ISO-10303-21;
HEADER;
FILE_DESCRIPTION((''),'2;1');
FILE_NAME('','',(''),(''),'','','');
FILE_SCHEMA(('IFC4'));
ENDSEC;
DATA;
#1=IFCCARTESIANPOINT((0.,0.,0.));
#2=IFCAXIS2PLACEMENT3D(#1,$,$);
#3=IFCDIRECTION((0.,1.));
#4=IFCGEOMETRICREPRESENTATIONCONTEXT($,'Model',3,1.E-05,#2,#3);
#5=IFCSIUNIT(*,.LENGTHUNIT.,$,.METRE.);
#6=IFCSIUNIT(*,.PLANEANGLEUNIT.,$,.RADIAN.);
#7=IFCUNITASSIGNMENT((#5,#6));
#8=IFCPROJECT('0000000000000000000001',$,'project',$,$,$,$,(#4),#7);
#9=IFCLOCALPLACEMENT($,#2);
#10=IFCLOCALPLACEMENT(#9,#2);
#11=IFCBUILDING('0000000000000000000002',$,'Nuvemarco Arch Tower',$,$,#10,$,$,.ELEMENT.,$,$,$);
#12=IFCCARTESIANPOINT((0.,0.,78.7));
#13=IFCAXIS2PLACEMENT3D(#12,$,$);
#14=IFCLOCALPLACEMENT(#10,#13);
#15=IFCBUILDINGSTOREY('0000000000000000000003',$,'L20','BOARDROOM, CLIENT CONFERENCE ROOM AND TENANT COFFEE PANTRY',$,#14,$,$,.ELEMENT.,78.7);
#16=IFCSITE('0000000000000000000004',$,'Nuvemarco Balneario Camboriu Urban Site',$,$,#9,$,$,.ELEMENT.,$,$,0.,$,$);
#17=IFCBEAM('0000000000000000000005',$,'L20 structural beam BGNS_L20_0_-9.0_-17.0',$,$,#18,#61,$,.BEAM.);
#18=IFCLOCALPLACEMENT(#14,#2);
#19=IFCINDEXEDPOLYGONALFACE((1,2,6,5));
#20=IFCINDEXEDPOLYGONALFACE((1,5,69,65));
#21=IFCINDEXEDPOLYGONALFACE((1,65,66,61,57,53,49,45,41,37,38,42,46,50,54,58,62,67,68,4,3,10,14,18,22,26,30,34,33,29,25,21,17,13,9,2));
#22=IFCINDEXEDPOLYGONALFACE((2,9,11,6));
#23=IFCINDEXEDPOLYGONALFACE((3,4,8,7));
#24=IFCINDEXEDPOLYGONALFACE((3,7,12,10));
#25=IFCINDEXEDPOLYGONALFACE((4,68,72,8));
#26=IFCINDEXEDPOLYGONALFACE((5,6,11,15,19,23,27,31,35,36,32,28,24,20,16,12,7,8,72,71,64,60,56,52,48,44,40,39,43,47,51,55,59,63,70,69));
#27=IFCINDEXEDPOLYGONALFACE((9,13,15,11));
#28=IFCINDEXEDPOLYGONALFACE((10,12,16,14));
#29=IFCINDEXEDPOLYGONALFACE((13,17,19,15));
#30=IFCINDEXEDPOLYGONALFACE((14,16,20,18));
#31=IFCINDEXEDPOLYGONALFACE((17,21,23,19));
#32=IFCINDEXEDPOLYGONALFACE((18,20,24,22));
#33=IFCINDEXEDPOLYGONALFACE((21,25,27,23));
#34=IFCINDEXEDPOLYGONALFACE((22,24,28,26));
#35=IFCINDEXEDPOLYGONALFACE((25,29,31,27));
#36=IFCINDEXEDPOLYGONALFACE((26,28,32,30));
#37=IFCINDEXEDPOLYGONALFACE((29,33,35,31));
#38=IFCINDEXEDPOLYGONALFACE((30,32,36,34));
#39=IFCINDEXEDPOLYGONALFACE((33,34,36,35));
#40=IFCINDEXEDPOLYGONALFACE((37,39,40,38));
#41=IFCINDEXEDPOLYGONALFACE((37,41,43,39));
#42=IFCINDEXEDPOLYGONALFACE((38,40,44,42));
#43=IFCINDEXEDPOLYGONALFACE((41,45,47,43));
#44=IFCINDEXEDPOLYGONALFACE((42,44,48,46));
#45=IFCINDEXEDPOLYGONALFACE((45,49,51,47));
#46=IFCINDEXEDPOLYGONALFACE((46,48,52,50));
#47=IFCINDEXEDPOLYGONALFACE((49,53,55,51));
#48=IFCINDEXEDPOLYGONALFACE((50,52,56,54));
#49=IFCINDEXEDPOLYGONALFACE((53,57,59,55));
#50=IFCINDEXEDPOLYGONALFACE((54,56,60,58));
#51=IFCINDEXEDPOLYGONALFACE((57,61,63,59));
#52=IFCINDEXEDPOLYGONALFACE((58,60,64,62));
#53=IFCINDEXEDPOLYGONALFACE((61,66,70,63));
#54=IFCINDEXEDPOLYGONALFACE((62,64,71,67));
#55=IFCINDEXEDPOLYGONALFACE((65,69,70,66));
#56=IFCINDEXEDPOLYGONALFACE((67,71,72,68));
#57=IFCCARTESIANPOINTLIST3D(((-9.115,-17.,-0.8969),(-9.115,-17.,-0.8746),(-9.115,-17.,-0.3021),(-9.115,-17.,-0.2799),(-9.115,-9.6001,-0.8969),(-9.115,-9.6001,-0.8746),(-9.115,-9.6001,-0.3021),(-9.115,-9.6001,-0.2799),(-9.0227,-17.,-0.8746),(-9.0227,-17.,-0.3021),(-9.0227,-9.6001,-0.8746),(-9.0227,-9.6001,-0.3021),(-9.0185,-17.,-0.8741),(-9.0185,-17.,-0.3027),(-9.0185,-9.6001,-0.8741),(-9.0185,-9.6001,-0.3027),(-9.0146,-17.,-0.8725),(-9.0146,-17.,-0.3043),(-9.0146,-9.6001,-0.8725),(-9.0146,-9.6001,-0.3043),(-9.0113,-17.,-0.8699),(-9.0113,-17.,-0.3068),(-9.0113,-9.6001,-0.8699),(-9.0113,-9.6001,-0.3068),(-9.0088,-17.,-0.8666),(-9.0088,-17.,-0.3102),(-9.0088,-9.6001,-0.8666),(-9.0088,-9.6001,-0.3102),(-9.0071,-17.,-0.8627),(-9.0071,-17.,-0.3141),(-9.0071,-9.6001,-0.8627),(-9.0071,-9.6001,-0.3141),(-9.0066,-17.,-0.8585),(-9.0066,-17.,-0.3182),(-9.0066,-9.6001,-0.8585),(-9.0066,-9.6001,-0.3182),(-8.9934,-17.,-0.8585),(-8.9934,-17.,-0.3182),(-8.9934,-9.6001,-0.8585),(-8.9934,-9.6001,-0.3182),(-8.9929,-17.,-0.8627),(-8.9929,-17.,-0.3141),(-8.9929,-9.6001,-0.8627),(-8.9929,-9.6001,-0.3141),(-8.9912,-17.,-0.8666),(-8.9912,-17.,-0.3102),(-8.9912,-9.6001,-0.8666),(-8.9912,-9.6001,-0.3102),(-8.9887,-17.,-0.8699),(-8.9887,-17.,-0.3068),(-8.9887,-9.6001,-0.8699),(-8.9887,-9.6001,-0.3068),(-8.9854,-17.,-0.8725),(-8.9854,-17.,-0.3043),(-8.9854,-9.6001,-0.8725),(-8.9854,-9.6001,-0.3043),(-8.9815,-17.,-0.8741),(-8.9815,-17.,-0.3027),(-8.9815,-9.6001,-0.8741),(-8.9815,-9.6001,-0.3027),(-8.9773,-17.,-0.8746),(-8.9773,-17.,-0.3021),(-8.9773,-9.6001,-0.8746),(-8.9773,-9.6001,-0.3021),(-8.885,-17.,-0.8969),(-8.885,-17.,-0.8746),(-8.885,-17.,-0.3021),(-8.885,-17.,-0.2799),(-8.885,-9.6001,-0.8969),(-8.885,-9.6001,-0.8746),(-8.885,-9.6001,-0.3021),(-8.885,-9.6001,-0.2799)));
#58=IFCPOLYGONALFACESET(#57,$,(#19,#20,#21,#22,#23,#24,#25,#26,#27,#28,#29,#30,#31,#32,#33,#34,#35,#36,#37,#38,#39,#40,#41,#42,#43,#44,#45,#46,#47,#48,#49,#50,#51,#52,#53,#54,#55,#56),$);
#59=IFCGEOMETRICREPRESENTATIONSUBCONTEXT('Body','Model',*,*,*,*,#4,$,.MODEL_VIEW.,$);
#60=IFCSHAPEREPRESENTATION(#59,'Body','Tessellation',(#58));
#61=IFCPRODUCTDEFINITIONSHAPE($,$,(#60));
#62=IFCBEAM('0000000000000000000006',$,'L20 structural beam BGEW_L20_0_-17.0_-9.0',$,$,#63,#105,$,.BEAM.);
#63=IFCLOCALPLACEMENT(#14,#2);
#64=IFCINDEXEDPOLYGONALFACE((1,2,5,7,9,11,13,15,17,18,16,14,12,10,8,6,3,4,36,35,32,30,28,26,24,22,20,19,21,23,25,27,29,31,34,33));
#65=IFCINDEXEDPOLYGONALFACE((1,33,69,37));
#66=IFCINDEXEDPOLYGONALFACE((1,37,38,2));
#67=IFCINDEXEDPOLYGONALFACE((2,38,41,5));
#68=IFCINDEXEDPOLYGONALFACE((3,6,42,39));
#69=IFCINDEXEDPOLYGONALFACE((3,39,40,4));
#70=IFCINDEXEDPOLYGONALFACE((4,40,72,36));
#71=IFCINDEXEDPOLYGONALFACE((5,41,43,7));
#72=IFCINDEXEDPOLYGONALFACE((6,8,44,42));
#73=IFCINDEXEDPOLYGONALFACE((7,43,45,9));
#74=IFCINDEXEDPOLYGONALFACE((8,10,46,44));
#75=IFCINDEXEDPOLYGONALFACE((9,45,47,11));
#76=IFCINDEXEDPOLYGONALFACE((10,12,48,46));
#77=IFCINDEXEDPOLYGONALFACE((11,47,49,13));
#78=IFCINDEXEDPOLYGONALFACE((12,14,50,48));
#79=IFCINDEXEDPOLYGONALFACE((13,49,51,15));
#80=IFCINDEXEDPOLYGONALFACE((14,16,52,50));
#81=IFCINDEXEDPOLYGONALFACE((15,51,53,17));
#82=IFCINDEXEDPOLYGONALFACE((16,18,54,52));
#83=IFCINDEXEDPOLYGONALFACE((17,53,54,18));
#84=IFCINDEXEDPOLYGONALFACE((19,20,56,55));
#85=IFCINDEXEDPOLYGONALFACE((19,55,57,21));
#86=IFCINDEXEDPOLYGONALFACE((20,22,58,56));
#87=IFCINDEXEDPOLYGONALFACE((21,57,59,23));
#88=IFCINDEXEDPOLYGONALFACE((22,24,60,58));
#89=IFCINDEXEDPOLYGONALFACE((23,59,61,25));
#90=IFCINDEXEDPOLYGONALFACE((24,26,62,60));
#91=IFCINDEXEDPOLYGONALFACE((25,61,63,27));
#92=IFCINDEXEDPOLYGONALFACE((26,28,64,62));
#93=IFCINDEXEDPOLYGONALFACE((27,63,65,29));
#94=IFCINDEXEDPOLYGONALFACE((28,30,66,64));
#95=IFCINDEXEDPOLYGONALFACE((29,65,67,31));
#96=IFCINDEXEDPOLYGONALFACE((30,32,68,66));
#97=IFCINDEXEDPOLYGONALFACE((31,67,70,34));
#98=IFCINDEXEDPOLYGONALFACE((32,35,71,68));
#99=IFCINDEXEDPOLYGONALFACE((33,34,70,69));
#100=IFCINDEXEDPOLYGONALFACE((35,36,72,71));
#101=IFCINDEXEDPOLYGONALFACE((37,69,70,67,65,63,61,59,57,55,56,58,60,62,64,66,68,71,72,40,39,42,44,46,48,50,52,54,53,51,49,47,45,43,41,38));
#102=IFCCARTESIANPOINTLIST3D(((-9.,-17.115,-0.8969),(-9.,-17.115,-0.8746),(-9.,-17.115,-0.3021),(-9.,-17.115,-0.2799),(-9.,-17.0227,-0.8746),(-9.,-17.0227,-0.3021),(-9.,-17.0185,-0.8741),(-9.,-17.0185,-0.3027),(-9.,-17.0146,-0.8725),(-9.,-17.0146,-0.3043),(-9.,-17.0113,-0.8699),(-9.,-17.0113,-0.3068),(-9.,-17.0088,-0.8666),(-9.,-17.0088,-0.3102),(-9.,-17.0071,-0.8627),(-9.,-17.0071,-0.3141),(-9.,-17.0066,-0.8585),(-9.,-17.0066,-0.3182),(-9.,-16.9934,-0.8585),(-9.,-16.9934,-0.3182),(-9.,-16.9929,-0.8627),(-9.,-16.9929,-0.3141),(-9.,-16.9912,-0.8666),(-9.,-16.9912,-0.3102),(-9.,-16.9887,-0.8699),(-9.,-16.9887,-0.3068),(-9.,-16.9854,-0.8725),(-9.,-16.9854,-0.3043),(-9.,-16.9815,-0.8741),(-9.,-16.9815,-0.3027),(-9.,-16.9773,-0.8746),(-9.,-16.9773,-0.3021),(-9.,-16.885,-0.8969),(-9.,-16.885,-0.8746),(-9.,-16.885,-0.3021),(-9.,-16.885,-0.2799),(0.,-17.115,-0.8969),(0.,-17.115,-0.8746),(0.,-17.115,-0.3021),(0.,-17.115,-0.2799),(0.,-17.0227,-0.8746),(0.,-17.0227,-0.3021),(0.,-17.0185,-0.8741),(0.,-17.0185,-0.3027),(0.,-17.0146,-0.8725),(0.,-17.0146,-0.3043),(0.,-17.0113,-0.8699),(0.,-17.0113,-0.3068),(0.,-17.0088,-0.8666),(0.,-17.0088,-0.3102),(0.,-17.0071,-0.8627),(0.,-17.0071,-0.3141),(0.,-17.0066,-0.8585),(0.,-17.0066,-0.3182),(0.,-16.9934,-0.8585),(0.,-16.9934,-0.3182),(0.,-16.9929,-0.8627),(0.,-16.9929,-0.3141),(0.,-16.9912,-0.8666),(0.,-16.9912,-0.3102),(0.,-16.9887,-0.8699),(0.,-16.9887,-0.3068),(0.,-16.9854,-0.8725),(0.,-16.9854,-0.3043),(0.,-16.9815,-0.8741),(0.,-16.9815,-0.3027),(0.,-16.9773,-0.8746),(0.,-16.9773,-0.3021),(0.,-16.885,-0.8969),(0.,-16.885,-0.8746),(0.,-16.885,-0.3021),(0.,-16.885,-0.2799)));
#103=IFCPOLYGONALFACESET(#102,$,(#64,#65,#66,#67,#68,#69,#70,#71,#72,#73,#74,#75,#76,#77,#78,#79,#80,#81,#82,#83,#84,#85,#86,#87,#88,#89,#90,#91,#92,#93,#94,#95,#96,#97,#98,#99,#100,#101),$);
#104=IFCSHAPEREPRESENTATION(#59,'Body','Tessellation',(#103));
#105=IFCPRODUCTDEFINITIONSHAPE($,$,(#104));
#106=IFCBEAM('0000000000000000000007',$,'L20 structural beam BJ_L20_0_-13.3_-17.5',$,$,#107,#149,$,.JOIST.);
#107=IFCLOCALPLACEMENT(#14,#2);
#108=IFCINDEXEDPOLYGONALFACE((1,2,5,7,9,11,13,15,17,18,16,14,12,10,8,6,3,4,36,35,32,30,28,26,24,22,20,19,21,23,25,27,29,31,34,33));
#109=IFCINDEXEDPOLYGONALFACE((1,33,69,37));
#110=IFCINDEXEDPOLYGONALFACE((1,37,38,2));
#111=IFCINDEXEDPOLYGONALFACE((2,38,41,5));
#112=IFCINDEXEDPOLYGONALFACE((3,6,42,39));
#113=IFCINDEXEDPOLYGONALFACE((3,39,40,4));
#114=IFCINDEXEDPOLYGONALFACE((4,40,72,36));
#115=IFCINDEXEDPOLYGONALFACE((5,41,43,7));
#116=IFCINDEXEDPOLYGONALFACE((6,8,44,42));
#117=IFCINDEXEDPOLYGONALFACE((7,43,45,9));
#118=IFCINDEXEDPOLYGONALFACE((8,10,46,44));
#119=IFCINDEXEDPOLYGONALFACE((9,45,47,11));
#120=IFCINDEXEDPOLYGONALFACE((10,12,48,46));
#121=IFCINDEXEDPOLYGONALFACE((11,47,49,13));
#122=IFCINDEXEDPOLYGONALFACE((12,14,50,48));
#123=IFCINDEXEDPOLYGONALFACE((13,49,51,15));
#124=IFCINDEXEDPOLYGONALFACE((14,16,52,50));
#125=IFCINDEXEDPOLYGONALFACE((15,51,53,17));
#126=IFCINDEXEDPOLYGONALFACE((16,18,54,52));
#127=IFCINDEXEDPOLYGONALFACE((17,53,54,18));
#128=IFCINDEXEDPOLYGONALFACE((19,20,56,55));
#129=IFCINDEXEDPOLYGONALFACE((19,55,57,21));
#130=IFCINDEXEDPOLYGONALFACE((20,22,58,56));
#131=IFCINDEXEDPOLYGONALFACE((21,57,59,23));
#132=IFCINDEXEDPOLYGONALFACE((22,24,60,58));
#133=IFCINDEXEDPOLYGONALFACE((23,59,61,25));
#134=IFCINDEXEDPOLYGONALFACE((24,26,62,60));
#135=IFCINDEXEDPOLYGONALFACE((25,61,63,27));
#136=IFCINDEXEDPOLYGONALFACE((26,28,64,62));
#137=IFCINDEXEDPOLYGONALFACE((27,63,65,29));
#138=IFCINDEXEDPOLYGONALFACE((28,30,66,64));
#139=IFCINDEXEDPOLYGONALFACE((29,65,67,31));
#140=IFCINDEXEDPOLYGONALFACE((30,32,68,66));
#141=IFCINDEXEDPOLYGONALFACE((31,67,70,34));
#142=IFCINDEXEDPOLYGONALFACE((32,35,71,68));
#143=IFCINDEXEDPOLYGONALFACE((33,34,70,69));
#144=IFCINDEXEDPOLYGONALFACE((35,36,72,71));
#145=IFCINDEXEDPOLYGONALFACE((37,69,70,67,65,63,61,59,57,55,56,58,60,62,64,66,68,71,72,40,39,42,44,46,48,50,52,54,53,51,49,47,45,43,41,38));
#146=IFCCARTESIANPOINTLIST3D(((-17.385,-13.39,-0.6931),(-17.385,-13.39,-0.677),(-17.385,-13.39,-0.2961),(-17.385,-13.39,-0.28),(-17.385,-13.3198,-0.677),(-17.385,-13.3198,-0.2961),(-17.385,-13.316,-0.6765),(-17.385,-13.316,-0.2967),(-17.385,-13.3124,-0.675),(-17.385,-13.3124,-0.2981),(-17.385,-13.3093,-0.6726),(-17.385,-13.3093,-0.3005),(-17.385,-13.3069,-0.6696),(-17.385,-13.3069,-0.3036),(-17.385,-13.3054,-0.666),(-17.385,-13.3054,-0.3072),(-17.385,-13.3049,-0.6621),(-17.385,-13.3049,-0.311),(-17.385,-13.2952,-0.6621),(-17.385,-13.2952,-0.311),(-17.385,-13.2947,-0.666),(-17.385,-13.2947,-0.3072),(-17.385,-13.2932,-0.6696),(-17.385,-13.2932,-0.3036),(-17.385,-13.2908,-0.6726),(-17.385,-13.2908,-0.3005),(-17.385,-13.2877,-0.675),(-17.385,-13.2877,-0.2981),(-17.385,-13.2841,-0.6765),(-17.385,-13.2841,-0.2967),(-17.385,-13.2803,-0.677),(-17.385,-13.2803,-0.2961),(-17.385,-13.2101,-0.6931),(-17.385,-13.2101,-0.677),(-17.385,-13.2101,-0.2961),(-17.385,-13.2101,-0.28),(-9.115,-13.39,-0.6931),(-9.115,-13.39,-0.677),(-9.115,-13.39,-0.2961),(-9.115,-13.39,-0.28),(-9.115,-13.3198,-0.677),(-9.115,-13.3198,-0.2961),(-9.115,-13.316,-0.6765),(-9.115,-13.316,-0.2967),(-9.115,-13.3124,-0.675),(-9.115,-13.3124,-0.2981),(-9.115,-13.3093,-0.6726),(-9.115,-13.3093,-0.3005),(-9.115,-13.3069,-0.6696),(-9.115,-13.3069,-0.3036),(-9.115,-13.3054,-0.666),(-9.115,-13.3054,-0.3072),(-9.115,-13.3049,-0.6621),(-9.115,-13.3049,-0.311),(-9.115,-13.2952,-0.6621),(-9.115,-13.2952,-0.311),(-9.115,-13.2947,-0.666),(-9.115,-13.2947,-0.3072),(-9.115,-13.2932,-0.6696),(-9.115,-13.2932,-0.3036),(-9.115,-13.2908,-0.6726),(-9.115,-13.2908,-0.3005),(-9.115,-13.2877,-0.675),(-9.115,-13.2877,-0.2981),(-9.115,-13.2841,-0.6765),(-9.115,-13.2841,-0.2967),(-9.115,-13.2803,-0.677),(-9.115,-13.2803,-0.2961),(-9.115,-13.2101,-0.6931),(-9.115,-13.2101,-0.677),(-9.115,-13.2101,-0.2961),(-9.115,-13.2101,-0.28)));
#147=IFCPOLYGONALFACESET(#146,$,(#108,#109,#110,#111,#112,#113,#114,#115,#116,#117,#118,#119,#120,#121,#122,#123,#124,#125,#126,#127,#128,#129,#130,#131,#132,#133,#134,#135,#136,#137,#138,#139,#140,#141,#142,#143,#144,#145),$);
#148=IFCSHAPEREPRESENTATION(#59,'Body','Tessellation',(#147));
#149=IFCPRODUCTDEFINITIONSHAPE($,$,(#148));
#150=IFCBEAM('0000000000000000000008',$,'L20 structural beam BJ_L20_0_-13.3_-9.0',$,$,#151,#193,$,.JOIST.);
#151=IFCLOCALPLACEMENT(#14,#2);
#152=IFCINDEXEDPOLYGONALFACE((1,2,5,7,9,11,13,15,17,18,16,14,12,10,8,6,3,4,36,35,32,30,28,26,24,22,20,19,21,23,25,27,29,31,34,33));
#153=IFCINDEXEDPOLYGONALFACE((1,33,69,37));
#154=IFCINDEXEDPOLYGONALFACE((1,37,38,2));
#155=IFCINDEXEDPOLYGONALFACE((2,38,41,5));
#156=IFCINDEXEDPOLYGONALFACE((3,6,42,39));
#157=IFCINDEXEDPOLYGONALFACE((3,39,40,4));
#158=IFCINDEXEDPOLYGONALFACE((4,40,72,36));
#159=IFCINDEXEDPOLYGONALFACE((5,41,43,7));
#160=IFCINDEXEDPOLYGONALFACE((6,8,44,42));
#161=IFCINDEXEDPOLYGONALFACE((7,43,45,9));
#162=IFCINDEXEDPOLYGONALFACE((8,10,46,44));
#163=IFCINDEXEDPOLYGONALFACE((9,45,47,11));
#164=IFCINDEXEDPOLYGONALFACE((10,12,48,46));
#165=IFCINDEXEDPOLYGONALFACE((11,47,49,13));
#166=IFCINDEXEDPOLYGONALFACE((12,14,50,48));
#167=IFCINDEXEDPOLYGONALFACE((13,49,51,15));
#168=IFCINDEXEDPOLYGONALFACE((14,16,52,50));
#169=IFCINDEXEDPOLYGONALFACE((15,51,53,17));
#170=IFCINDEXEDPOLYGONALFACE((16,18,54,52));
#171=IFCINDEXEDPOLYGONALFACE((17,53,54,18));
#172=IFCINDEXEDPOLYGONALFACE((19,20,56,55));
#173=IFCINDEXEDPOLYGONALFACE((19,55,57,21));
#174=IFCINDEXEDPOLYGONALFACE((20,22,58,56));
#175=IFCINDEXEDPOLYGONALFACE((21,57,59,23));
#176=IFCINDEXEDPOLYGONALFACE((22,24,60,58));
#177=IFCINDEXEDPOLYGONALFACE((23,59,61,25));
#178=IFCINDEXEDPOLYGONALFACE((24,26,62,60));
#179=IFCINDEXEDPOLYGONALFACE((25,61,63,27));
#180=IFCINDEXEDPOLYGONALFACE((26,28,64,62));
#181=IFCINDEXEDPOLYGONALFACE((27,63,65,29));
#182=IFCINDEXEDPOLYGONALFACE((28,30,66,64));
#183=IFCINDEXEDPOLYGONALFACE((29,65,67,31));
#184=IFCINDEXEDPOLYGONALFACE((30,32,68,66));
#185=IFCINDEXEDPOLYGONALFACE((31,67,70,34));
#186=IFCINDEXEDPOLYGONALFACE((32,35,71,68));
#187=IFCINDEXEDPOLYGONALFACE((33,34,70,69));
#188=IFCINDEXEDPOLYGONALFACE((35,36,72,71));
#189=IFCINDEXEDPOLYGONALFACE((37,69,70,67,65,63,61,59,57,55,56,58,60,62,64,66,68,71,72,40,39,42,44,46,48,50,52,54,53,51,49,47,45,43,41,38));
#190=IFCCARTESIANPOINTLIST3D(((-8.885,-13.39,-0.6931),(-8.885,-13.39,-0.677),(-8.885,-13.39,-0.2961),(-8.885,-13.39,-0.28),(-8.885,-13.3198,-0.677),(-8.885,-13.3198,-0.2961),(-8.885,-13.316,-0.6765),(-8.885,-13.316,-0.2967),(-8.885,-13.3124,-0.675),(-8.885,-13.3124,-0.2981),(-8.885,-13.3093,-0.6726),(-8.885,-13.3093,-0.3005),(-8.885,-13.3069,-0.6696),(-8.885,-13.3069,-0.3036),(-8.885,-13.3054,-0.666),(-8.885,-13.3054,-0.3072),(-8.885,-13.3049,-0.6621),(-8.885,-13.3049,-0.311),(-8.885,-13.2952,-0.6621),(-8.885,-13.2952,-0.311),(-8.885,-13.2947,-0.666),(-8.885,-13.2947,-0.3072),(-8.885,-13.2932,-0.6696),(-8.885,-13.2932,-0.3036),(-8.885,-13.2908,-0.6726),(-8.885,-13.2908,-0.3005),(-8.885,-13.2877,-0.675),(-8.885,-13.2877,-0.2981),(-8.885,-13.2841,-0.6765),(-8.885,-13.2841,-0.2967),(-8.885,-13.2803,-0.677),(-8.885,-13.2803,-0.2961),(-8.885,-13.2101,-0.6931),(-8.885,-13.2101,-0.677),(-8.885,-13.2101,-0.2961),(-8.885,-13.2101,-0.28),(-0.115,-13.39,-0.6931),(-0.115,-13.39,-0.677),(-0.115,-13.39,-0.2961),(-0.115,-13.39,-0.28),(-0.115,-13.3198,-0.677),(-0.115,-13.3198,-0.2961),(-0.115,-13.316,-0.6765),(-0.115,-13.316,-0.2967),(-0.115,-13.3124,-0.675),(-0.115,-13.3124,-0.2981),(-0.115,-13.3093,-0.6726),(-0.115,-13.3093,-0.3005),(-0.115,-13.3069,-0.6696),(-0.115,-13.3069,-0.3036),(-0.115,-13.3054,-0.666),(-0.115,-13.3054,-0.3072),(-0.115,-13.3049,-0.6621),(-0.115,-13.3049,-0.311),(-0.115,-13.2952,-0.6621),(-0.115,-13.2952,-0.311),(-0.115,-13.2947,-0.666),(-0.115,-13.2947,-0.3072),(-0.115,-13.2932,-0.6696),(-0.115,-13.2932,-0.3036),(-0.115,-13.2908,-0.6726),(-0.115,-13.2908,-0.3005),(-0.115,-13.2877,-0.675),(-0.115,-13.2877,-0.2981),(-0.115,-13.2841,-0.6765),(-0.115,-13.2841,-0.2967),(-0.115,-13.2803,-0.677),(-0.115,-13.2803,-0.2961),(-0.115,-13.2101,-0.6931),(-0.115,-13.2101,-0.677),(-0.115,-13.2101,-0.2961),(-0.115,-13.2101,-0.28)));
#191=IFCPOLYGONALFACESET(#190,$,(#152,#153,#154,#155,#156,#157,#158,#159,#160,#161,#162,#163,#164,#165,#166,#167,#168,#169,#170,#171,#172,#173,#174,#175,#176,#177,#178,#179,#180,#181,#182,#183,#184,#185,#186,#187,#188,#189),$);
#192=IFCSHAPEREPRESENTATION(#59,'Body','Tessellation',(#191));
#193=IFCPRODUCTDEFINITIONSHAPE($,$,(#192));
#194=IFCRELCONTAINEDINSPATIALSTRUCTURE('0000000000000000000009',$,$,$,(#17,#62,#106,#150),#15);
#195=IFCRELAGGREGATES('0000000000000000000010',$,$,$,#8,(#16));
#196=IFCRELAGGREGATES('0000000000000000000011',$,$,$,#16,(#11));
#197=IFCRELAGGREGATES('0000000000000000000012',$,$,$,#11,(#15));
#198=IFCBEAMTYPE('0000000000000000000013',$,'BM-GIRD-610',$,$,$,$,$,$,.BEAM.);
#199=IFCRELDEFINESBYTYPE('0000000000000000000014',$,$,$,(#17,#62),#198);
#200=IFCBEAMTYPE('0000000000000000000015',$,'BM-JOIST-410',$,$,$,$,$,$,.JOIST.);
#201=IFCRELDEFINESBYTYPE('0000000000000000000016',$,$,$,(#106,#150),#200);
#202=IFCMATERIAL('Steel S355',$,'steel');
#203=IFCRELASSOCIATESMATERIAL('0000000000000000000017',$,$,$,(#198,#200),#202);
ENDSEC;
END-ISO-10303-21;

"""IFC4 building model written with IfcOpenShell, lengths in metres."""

from ifc_helpers import new_model, si_unit, direction, frame, origin, origin_2d, place, context, subcontext, project, spatial, i_section, extrude, material, material_profile, profile_set, type_object, element, save


model = new_model("IFC4")

# Units and contexts
model_context = context("Model", 3, precision=1e-05, world=origin(), true_north=direction((0.0, 1.0)))
body_context = subcontext(model_context, "Body", "Model", "MODEL_VIEW")
ifc_project = project(units=[si_unit("LENGTHUNIT", "METRE"), si_unit("PLANEANGLEUNIT", "RADIAN")], contexts=[model_context])

# Site, building, storey
site_placement = place(None, origin())
site = spatial("IfcSite", under=ifc_project, at=site_placement, Name="Nuvemarco Balneario Camboriu Urban Site", CompositionType="ELEMENT", RefElevation=0.0)
building_placement = place(site_placement, origin())
building = spatial("IfcBuilding", under=site, at=building_placement, Name="Nuvemarco Arch Tower", CompositionType="ELEMENT")
storey_placement = place(building_placement, frame((0.0, 0.0, 78.7)))
storey = spatial("IfcBuildingStorey", under=building, at=storey_placement, Name="L20", Description="BOARDROOM, CLIENT CONFERENCE ROOM AND TENANT COFFEE PANTRY", CompositionType="ELEMENT", Elevation=78.7)

# Shared definitions
ifc_material_1 = material(Name="Steel S355", Category="steel")

# Beams
ifc_material_profile_1 = material_profile(ifc_material_1, i_section(OverallWidth=0.23, OverallDepth=0.6169, WebThickness=0.0132, FlangeThickness=0.0222, FilletRadius=0.0161, at=origin_2d()), Name="W610x140")
ifc_profile_set_1 = profile_set([ifc_material_profile_1], Name="Steel S355")
beam_type_1 = type_object("IfcBeamType", Name="BM-GIRD-610", PredefinedType="BEAM", material=ifc_profile_set_1)
beam_1_placement = place(storey_placement, frame((-9.0, -17.0, -0.5884), z_axis=(0.0, 1.0, 0.0), x_axis=(-1.0, 0.0, 0.0)))
element("IfcBeam", 1, at=beam_1_placement, inside=storey, type_object=beam_type_1, Name="L20 structural beam BGNS_L20_0_-9.0_-17.0", PredefinedType="BEAM", context=body_context, shape_type="SweptSolid", body=[
    extrude(i_section(OverallWidth=0.23, OverallDepth=0.6169, WebThickness=0.0132, FlangeThickness=0.0222, FilletRadius=0.0161, at=origin_2d()), origin(), (0.0, 0.0, 1.0), 7.3999),
])
beam_2_placement = place(storey_placement, frame((-9.0, -17.0, -0.5884), z_axis=(1.0, 0.0, 0.0), x_axis=(0.0, 1.0, 0.0)))
element("IfcBeam", 2, at=beam_2_placement, inside=storey, type_object=beam_type_1, Name="L20 structural beam BGEW_L20_0_-17.0_-9.0", PredefinedType="BEAM", context=body_context, shape_type="SweptSolid", body=[
    extrude(i_section(OverallWidth=0.23, OverallDepth=0.6169, WebThickness=0.0132, FlangeThickness=0.0222, FilletRadius=0.0161, at=origin_2d()), origin(), (0.0, 0.0, 1.0), 9.0),
])
ifc_material_profile_2 = material_profile(ifc_material_1, i_section(OverallWidth=0.1799, OverallDepth=0.4131, WebThickness=0.0098, FlangeThickness=0.0161, FilletRadius=0.0149, at=origin_2d()), Name="W410x75")
ifc_profile_set_2 = profile_set([ifc_material_profile_2], Name="Steel S355")
beam_type_2 = type_object("IfcBeamType", Name="BM-JOIST-410", PredefinedType="JOIST", material=ifc_profile_set_2)
beam_3_placement = place(storey_placement, frame((-17.385, -13.3, -0.4866), z_axis=(1.0, 0.0, 0.0), x_axis=(0.0, 1.0, 0.0)))
element("IfcBeam", 3, at=beam_3_placement, inside=storey, type_object=beam_type_2, Name="L20 structural beam BJ_L20_0_-13.3_-17.5", PredefinedType="JOIST", context=body_context, shape_type="SweptSolid", body=[
    extrude(i_section(OverallWidth=0.1799, OverallDepth=0.4131, WebThickness=0.0098, FlangeThickness=0.0161, FilletRadius=0.0149, at=origin_2d()), origin(), (0.0, 0.0, 1.0), 8.27),
])
beam_4_placement = place(storey_placement, frame((-8.885, -13.3, -0.4866), z_axis=(1.0, 0.0, 0.0), x_axis=(0.0, 1.0, 0.0)))
element("IfcBeam", 4, at=beam_4_placement, inside=storey, type_object=beam_type_2, Name="L20 structural beam BJ_L20_0_-13.3_-9.0", PredefinedType="JOIST", context=body_context, shape_type="SweptSolid", body=[
    extrude(i_section(OverallWidth=0.1799, OverallDepth=0.4131, WebThickness=0.0098, FlangeThickness=0.0161, FilletRadius=0.0149, at=origin_2d()), origin(), (0.0, 0.0, 1.0), 8.77),
])

save(model, "model.ifc")
